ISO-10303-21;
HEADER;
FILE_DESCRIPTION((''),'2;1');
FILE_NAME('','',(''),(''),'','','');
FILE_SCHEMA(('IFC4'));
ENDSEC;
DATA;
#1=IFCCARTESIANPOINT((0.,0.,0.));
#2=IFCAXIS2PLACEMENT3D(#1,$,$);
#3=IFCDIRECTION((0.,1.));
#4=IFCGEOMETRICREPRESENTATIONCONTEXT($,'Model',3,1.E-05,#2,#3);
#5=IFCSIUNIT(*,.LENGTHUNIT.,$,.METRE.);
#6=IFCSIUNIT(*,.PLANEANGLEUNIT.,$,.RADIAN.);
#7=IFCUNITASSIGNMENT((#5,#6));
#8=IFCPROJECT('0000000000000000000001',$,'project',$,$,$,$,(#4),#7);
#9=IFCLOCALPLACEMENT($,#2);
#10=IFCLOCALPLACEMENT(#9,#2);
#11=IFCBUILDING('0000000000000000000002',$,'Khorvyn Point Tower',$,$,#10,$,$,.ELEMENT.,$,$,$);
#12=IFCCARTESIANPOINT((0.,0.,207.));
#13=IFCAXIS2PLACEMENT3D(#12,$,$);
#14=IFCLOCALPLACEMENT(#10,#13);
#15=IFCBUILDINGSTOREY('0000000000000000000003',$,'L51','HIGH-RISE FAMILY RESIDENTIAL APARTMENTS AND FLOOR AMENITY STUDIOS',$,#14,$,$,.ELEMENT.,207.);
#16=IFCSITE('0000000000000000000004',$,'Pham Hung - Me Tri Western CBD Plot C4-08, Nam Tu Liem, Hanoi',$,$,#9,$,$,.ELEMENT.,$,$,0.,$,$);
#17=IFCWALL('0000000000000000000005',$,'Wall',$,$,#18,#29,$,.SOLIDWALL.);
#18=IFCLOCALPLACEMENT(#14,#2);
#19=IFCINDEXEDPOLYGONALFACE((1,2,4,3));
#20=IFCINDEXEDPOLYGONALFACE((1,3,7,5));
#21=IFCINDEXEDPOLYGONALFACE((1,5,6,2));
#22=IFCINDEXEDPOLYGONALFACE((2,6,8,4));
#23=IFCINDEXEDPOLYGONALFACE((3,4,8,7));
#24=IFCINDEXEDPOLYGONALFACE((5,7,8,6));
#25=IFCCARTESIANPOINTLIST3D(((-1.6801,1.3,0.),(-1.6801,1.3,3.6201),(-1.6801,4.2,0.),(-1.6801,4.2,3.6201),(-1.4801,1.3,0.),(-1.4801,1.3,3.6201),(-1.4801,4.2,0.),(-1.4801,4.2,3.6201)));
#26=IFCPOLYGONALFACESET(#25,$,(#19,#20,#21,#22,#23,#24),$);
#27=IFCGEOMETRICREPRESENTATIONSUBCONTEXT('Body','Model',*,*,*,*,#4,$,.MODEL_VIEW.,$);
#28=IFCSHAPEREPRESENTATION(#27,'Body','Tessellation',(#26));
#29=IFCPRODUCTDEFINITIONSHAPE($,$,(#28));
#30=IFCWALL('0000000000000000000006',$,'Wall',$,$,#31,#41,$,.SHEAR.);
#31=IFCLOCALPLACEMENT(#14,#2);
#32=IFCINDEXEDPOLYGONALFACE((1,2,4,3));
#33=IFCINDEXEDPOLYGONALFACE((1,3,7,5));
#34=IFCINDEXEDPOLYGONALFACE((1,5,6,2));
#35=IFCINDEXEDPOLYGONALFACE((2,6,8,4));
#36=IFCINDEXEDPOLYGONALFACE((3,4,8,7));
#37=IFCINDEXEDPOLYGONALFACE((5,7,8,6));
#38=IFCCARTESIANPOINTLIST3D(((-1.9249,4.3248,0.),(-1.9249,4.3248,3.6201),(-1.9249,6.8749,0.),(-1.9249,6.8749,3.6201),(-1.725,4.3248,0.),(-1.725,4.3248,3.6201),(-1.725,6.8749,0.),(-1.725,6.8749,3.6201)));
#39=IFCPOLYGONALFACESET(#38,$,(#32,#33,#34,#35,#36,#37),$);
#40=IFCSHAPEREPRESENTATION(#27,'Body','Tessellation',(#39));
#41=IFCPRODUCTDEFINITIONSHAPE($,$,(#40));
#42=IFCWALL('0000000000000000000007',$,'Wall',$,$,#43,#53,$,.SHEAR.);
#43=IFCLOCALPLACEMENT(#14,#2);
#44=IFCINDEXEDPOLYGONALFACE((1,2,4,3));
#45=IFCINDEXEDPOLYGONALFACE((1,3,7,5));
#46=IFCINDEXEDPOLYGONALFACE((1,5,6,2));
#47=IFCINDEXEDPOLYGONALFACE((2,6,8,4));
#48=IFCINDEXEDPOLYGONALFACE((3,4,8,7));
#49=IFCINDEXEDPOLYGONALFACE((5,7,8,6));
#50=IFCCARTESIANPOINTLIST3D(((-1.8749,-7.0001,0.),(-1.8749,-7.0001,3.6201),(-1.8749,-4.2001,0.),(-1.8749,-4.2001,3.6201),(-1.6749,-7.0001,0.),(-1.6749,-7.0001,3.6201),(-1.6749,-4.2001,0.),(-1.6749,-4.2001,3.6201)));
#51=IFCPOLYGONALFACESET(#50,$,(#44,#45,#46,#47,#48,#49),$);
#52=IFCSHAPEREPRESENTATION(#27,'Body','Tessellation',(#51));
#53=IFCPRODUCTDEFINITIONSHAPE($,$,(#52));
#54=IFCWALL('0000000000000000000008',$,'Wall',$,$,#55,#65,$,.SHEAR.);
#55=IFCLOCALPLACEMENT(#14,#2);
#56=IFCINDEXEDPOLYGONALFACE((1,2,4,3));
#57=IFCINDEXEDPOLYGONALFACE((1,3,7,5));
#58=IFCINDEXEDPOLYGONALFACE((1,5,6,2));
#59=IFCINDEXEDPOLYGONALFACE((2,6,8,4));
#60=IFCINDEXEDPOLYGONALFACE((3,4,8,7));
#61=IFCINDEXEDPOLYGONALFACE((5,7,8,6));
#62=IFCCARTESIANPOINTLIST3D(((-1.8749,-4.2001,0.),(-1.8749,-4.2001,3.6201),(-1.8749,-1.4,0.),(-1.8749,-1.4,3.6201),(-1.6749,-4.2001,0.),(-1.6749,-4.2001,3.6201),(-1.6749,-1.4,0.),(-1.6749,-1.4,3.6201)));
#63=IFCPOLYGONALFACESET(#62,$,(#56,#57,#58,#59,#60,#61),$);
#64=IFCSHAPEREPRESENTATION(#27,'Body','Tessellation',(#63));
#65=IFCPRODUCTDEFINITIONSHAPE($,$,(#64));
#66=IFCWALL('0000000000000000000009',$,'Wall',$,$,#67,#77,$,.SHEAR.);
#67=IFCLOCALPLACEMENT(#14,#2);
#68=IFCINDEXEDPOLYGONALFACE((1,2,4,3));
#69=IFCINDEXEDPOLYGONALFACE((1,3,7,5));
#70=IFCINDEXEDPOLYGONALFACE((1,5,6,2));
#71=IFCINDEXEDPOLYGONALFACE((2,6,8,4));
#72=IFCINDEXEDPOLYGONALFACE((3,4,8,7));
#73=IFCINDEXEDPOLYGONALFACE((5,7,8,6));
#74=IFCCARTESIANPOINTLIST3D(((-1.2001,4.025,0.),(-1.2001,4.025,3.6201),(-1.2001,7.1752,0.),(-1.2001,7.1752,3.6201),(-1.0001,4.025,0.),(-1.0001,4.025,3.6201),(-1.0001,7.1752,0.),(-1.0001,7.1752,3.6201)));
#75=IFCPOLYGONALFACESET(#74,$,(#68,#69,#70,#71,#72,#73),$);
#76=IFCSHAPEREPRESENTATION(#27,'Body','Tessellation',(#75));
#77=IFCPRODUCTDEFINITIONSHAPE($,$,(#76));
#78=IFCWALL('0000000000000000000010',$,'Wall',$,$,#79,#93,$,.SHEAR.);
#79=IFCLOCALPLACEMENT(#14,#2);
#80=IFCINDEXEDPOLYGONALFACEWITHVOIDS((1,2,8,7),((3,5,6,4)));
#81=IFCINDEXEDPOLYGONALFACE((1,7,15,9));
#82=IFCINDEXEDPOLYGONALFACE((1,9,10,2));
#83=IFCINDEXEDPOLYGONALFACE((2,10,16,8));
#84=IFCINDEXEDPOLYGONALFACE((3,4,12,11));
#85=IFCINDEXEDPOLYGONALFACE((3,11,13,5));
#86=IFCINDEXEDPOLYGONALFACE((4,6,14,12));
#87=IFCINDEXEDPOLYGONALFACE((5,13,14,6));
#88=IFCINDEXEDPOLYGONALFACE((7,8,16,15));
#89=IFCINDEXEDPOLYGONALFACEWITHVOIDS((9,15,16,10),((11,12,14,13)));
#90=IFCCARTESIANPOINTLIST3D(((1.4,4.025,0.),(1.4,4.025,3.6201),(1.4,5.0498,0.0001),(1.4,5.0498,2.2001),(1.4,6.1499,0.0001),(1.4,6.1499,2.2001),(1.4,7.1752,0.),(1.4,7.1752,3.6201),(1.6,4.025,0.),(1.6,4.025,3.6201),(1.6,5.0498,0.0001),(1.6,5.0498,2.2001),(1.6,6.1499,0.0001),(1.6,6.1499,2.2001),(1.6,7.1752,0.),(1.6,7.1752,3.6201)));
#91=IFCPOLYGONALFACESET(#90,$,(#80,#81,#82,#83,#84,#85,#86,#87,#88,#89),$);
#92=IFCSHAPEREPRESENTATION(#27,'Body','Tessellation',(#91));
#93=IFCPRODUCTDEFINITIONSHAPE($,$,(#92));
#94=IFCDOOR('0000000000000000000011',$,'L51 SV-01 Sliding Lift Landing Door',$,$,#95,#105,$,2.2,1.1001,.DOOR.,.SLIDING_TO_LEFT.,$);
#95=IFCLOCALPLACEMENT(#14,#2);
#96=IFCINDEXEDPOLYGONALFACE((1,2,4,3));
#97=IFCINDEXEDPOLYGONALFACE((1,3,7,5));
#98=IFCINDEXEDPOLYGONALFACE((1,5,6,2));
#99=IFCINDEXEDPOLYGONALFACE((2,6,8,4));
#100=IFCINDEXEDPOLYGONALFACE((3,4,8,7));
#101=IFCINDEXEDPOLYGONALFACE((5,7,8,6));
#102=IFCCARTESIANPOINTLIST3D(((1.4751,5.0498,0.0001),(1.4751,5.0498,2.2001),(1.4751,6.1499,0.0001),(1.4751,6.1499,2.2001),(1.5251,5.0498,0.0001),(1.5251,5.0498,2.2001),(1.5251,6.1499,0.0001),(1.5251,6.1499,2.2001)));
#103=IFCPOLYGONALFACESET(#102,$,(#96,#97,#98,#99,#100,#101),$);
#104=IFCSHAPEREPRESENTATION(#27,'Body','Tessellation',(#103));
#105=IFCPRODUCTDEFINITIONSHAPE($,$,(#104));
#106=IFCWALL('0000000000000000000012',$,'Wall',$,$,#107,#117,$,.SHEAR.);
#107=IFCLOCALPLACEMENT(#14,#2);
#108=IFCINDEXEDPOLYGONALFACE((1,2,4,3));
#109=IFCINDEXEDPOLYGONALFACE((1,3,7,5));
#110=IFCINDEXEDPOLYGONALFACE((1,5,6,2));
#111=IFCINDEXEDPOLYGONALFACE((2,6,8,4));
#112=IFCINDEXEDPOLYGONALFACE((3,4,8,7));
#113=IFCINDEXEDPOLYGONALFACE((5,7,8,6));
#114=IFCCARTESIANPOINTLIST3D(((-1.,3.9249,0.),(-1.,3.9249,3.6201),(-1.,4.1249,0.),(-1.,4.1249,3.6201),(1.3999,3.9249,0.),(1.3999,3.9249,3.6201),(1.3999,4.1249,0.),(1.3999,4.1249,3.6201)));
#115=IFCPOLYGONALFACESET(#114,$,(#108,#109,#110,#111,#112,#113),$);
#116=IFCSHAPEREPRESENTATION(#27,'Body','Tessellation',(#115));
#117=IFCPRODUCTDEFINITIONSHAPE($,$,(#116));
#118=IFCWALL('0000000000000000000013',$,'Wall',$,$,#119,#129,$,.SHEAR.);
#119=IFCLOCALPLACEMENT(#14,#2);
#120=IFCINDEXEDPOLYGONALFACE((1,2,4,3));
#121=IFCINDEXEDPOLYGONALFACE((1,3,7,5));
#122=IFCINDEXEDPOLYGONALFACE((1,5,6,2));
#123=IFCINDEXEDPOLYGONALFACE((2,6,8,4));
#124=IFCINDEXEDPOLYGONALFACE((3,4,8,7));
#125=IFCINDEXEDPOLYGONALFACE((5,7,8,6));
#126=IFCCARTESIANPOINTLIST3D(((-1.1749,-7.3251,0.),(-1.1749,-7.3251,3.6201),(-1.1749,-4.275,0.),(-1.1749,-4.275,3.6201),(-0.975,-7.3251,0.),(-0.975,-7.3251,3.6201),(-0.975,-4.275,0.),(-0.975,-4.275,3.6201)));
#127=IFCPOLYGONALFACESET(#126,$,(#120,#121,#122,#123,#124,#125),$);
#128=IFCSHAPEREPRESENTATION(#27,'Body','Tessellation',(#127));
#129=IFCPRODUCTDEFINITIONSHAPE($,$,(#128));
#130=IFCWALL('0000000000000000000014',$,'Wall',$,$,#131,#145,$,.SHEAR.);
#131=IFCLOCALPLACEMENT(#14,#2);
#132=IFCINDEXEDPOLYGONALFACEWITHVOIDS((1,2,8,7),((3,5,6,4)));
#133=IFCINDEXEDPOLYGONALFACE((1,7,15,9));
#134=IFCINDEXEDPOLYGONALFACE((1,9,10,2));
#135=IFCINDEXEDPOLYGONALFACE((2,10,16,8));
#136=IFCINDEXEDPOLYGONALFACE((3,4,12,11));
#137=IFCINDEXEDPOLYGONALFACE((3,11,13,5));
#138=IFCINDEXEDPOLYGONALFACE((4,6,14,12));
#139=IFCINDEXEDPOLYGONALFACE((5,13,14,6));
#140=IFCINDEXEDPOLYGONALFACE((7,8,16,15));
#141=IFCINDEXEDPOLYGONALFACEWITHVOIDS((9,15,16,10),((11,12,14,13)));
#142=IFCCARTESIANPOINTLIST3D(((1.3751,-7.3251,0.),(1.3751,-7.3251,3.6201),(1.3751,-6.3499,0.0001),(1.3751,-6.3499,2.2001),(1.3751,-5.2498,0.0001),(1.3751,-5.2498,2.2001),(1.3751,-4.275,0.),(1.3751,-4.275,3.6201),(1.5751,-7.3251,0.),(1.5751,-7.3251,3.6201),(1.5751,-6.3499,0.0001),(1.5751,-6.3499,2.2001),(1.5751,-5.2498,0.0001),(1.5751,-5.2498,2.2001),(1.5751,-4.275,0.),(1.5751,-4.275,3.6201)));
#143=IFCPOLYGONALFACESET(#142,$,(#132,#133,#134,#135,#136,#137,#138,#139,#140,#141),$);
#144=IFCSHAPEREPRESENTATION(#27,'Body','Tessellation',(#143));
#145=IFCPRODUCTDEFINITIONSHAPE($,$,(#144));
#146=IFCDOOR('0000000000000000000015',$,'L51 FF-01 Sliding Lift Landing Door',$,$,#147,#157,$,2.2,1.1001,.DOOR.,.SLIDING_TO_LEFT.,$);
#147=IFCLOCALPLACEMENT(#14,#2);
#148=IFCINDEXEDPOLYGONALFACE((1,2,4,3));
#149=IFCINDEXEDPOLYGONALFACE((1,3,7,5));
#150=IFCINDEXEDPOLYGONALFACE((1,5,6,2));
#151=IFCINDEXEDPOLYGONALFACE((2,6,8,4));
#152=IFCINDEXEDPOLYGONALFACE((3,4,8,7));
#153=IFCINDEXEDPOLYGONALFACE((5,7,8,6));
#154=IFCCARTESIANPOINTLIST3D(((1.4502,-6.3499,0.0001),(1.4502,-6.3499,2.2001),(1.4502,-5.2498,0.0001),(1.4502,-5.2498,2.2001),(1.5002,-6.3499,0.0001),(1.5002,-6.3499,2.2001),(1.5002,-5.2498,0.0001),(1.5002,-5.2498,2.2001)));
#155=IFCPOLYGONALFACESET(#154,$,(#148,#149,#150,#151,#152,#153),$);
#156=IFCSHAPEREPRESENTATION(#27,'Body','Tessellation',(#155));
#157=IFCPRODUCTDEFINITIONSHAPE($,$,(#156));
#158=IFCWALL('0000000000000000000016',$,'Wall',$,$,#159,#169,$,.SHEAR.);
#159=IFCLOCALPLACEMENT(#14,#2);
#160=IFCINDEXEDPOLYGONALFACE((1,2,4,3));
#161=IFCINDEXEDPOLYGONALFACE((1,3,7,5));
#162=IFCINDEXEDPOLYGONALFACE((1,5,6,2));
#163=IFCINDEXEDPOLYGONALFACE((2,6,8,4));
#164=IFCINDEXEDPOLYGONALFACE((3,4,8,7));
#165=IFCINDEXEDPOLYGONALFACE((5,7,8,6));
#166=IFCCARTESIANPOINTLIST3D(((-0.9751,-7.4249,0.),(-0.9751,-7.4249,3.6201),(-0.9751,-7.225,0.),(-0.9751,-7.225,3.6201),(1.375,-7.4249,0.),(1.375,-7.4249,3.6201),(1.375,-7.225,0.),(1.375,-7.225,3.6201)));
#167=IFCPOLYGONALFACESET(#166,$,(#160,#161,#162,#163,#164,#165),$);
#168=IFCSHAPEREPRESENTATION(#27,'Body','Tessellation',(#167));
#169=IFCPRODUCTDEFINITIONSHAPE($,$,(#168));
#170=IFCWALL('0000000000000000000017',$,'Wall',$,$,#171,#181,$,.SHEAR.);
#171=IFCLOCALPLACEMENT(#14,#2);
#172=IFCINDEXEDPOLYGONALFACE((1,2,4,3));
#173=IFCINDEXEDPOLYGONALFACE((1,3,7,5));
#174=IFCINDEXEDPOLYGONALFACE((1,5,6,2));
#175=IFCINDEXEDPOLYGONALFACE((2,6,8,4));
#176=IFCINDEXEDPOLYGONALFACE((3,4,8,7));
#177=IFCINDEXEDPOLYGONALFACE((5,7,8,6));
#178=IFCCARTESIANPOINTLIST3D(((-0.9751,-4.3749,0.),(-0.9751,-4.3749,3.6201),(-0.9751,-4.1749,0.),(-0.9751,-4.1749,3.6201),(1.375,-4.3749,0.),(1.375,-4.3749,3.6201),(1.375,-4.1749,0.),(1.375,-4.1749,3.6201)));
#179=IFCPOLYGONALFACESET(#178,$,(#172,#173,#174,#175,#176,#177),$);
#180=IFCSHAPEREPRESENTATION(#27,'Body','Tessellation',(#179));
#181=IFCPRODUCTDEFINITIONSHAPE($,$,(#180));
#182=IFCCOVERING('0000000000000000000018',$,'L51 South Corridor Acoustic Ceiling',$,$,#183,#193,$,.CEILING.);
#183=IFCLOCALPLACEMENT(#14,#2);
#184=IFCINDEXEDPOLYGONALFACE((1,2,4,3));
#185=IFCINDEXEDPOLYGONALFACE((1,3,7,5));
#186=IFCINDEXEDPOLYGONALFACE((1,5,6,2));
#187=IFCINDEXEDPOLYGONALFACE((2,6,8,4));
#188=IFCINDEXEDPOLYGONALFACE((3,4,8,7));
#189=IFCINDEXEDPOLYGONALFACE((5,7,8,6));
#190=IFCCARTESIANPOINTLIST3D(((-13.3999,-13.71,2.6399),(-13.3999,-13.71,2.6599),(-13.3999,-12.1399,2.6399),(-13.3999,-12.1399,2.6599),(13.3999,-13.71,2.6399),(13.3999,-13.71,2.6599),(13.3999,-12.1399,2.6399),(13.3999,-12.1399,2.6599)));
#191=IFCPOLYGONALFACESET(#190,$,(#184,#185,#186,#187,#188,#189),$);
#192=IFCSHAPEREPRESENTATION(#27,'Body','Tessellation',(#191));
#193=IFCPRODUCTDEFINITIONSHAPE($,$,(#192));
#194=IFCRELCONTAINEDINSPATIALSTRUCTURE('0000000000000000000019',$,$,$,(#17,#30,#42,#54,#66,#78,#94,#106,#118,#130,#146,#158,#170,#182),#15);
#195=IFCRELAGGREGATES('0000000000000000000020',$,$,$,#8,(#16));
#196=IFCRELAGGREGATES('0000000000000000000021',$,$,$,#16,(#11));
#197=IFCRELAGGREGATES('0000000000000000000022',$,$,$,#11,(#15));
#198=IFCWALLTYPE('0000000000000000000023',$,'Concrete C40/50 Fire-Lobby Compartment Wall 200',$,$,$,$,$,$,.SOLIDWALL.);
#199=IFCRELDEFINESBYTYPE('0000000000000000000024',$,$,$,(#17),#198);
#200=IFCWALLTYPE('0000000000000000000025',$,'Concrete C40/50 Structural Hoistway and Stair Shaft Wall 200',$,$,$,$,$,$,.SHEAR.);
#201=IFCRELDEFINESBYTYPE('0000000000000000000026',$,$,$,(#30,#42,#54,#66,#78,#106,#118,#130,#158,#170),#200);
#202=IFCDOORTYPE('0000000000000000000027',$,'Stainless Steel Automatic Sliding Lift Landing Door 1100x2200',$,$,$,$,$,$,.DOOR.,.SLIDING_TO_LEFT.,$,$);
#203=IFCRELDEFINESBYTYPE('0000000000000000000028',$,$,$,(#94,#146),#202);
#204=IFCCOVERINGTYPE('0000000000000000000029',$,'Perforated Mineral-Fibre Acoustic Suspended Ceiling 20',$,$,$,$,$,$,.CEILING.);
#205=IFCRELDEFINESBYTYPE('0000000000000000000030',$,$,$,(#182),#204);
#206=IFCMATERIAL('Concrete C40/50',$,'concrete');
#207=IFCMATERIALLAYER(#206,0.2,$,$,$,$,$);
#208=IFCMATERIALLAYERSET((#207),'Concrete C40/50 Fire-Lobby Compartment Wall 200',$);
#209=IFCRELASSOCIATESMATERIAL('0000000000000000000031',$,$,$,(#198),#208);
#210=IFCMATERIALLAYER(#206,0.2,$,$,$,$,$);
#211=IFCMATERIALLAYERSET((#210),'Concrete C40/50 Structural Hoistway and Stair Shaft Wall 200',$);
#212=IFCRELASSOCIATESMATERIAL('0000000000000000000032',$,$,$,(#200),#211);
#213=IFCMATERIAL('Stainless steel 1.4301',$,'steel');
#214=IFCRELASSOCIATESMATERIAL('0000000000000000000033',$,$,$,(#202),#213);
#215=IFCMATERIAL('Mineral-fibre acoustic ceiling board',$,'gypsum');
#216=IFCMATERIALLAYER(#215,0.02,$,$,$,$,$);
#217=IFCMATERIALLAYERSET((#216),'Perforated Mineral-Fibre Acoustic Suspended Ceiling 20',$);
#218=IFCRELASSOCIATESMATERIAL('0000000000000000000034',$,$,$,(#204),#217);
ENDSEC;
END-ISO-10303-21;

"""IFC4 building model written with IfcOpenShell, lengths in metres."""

from ifc_helpers import new_model, si_unit, direction, frame, frame_2d, origin, place, context, subcontext, project, spatial, polyline, rectangle, outline, extrude, material, layer, layer_set, type_object, element, fill, save


model = new_model("IFC4")

# Units and contexts
model_context = context("Model", 3, precision=1e-05, world=origin(), true_north=direction((0.0, 1.0)))
body_context = subcontext(model_context, "Body", "Model", "MODEL_VIEW")
ifc_project = project(units=[si_unit("LENGTHUNIT", "METRE"), si_unit("PLANEANGLEUNIT", "RADIAN")], contexts=[model_context])

# Site, building, storey
site_placement = place(None, origin())
site = spatial("IfcSite", under=ifc_project, at=site_placement, Name="Pham Hung - Me Tri Western CBD Plot C4-08, Nam Tu Liem, Hanoi", CompositionType="ELEMENT", RefElevation=0.0)
building_placement = place(site_placement, origin())
building = spatial("IfcBuilding", under=site, at=building_placement, Name="Khorvyn Point Tower", CompositionType="ELEMENT")
storey_placement = place(building_placement, frame((0.0, 0.0, 207.0)))
storey = spatial("IfcBuildingStorey", under=building, at=storey_placement, Name="L51", Description="HIGH-RISE FAMILY RESIDENTIAL APARTMENTS AND FLOOR AMENITY STUDIOS", CompositionType="ELEMENT", Elevation=207.0)

# Shared definitions
ifc_material_1 = material(Name="Concrete C40/50", Category="concrete")

# Walls
ifc_layer_1 = layer(ifc_material_1, 0.2)
ifc_layer_set_1 = layer_set([ifc_layer_1], Name="Concrete C40/50 Fire-Lobby Compartment Wall 200")
wall_type_1 = type_object("IfcWallType", Name="Concrete C40/50 Fire-Lobby Compartment Wall 200", PredefinedType="SOLIDWALL", material=ifc_layer_set_1)
wall_1_placement = place(storey_placement, frame((-1.5801, 1.3, 0.0), z_axis=(0.0, 0.0, 1.0), x_axis=(0.0, 1.0, 0.0)))
element("IfcWall", 1, at=wall_1_placement, inside=storey, type_object=wall_type_1, Name="Wall", PredefinedType="SOLIDWALL", context=body_context, shape_type="SweptSolid", body=[
    extrude(rectangle(XDim=2.8999, YDim=0.2, at=frame_2d((1.45, 0.0))), origin(), (0.0, 0.0, 1.0), 3.6201),
])
ifc_layer_2 = layer(ifc_material_1, 0.2)
ifc_layer_set_2 = layer_set([ifc_layer_2], Name="Concrete C40/50 Structural Hoistway and Stair Shaft Wall 200")
wall_type_2 = type_object("IfcWallType", Name="Concrete C40/50 Structural Hoistway and Stair Shaft Wall 200", PredefinedType="SHEAR", material=ifc_layer_set_2)
wall_2_placement = place(storey_placement, frame((-1.825, 4.325, 0.0), z_axis=(0.0, 0.0, 1.0), x_axis=(0.0, 1.0, 0.0)))
element("IfcWall", 2, at=wall_2_placement, inside=storey, type_object=wall_type_2, Name="Wall", PredefinedType="SHEAR", context=body_context, shape_type="SweptSolid", body=[
    extrude(rectangle(XDim=2.55, YDim=0.2, at=frame_2d((1.2749, 0.0))), origin(), (0.0, 0.0, 1.0), 3.6201),
])
for number, where, z_axis, x_axis, name in (
    (3, (-1.7749, -7.0, 0.0), (0.0, 0.0, 1.0), (0.0, 1.0, 0.0), "Wall"),
    (4, (-1.7749, -4.2, 0.0), (0.0, 0.0, 1.0), (0.0, 1.0, 0.0), "Wall"),
):
    element("IfcWall", number, at=place(storey_placement, frame(where, z_axis=z_axis, x_axis=x_axis)), inside=storey, type_object=wall_type_2, Name=name, PredefinedType="SHEAR", context=body_context, shape_type="SweptSolid", body=[
        extrude(rectangle(XDim=2.8, YDim=0.2, at=frame_2d((1.3999, 0.0))), origin(), (0.0, 0.0, 1.0), 3.6201),
    ])
wall_3_placement = place(storey_placement, frame((-1.1001, 4.0249, 0.0), z_axis=(0.0, 0.0, 1.0), x_axis=(0.0, 1.0, 0.0)))
element("IfcWall", 5, at=wall_3_placement, inside=storey, type_object=wall_type_2, Name="Wall", PredefinedType="SHEAR", context=body_context, shape_type="SweptSolid", body=[
    extrude(rectangle(XDim=3.1501, YDim=0.2, at=frame_2d((1.5752, 0.0))), origin(), (0.0, 0.0, 1.0), 3.6201),
])

# Wall, opening, door
wall_4_placement = place(storey_placement, frame((1.5, 4.0249, 0.0), z_axis=(0.0, 0.0, 1.0), x_axis=(0.0, 1.0, 0.0)))
wall_4 = element("IfcWall", 6, at=wall_4_placement, inside=storey, type_object=wall_type_2, Name="Wall", PredefinedType="SHEAR", context=body_context, shape_type="SweptSolid", body=[
    extrude(rectangle(XDim=3.1501, YDim=0.2, at=frame_2d((1.5752, 0.0))), origin(), (0.0, 0.0, 1.0), 3.6201),
])
opening_1_placement = place(wall_4_placement, frame((1.0249, 0.0, 0.0)))
opening_1 = element("IfcOpeningElement", 7, at=opening_1_placement, cuts=wall_4, PredefinedType="OPENING", context=body_context, shape_type="SweptSolid", body=[
    extrude(rectangle(XDim=1.1001, YDim=2.2, at=frame_2d((0.55, 1.1001))), frame((0.0, 0.1099, 0.0), z_axis=(0.0, -1.0, 0.0), x_axis=(1.0, 0.0, 0.0)), (0.0, 0.0, 1.0), 0.22),
])
ifc_material_2 = material(Name="Stainless steel 1.4301", Category="steel")
door_type = type_object("IfcDoorType", Name="Stainless Steel Automatic Sliding Lift Landing Door 1100x2200", OperationType="SLIDING_TO_LEFT", PredefinedType="DOOR", material=ifc_material_2)
door_1_placement = place(opening_1_placement, origin())
door_1 = element("IfcDoor", 8, at=door_1_placement, inside=storey, type_object=door_type, Name="L51 SV-01 Sliding Lift Landing Door", OperationType="SLIDING_TO_LEFT", OverallHeight=2.2, OverallWidth=1.1001, PredefinedType="DOOR", context=body_context, shape_type="SweptSolid", body=[
    extrude(rectangle(XDim=1.1001, YDim=2.2, at=frame_2d((0.55, 1.1001))), frame((0.0, 0.0249, 0.0), z_axis=(0.0, -1.0, 0.0), x_axis=(1.0, 0.0, 0.0)), (0.0, 0.0, 1.0), 0.05),
])
fill(opening_1, door_1)

# Walls
wall_5_placement = place(storey_placement, frame((-1.0, 4.0249, 0.0), z_axis=(0.0, 0.0, 1.0), x_axis=(1.0, 0.0, 0.0)))
element("IfcWall", 9, at=wall_5_placement, inside=storey, type_object=wall_type_2, Name="Wall", PredefinedType="SHEAR", context=body_context, shape_type="SweptSolid", body=[
    extrude(rectangle(XDim=2.3999, YDim=0.2, at=frame_2d((1.2, 0.0))), origin(), (0.0, 0.0, 1.0), 3.6201),
])
wall_6_placement = place(storey_placement, frame((-1.075, -7.325, 0.0), z_axis=(0.0, 0.0, 1.0), x_axis=(0.0, 1.0, 0.0)))
element("IfcWall", 10, at=wall_6_placement, inside=storey, type_object=wall_type_2, Name="Wall", PredefinedType="SHEAR", context=body_context, shape_type="SweptSolid", body=[
    extrude(rectangle(XDim=3.05, YDim=0.2, at=frame_2d((1.5249, 0.0))), origin(), (0.0, 0.0, 1.0), 3.6201),
])

# Wall, opening, door
wall_7_placement = place(storey_placement, frame((1.4751, -7.325, 0.0), z_axis=(0.0, 0.0, 1.0), x_axis=(0.0, 1.0, 0.0)))
wall_7 = element("IfcWall", 11, at=wall_7_placement, inside=storey, type_object=wall_type_2, Name="Wall", PredefinedType="SHEAR", context=body_context, shape_type="SweptSolid", body=[
    extrude(rectangle(XDim=3.05, YDim=0.2, at=frame_2d((1.5249, 0.0))), origin(), (0.0, 0.0, 1.0), 3.6201),
])
opening_2_placement = place(wall_7_placement, frame((0.9751, 0.0, 0.0)))
opening_2 = element("IfcOpeningElement", 12, at=opening_2_placement, cuts=wall_7, PredefinedType="OPENING", context=body_context, shape_type="SweptSolid", body=[
    extrude(rectangle(XDim=1.1001, YDim=2.2, at=frame_2d((0.55, 1.1001))), frame((0.0, 0.1099, 0.0), z_axis=(0.0, -1.0, 0.0), x_axis=(1.0, 0.0, 0.0)), (0.0, 0.0, 1.0), 0.22),
])
door_2_placement = place(opening_2_placement, origin())
door_2 = element("IfcDoor", 13, at=door_2_placement, inside=storey, type_object=door_type, Name="L51 FF-01 Sliding Lift Landing Door", OperationType="SLIDING_TO_LEFT", OverallHeight=2.2, OverallWidth=1.1001, PredefinedType="DOOR", context=body_context, shape_type="SweptSolid", body=[
    extrude(rectangle(XDim=1.1001, YDim=2.2, at=frame_2d((0.55, 1.1001))), frame((0.0, 0.0249, 0.0), z_axis=(0.0, -1.0, 0.0), x_axis=(1.0, 0.0, 0.0)), (0.0, 0.0, 1.0), 0.05),
])
fill(opening_2, door_2)

# Walls
for number, where, z_axis, x_axis, name in (
    (14, (-0.9751, -7.325, 0.0), (0.0, 0.0, 1.0), (1.0, 0.0, 0.0), "Wall"),
    (15, (-0.9751, -4.2749, 0.0), (0.0, 0.0, 1.0), (1.0, 0.0, 0.0), "Wall"),
):
    element("IfcWall", number, at=place(storey_placement, frame(where, z_axis=z_axis, x_axis=x_axis)), inside=storey, type_object=wall_type_2, Name=name, PredefinedType="SHEAR", context=body_context, shape_type="SweptSolid", body=[
        extrude(rectangle(XDim=2.3501, YDim=0.2, at=frame_2d((1.175, 0.0))), origin(), (0.0, 0.0, 1.0), 3.6201),
    ])

# Covering
ifc_material_3 = material(Name="Mineral-fibre acoustic ceiling board", Category="gypsum")
ifc_layer_3 = layer(ifc_material_3, 0.02)
ifc_layer_set_3 = layer_set([ifc_layer_3], Name="Perforated Mineral-Fibre Acoustic Suspended Ceiling 20")
covering_type_1 = type_object("IfcCoveringType", Name="Perforated Mineral-Fibre Acoustic Suspended Ceiling 20", PredefinedType="CEILING", material=ifc_layer_set_3)
covering_1_placement = place(storey_placement, frame((0.0, 0.0, 2.6399)))
element("IfcCovering", 16, at=covering_1_placement, inside=storey, type_object=covering_type_1, Name="L51 South Corridor Acoustic Ceiling", PredefinedType="CEILING", context=body_context, shape_type="SweptSolid", body=[
    extrude(outline(polyline([(-13.3999, -13.71), (13.3999, -13.71), (13.3999, -12.1399), (-13.3999, -12.1399), (-13.3999, -13.71)])), origin(), (0.0, 0.0, 1.0), 0.02),
])

save(model, "model.ifc")
